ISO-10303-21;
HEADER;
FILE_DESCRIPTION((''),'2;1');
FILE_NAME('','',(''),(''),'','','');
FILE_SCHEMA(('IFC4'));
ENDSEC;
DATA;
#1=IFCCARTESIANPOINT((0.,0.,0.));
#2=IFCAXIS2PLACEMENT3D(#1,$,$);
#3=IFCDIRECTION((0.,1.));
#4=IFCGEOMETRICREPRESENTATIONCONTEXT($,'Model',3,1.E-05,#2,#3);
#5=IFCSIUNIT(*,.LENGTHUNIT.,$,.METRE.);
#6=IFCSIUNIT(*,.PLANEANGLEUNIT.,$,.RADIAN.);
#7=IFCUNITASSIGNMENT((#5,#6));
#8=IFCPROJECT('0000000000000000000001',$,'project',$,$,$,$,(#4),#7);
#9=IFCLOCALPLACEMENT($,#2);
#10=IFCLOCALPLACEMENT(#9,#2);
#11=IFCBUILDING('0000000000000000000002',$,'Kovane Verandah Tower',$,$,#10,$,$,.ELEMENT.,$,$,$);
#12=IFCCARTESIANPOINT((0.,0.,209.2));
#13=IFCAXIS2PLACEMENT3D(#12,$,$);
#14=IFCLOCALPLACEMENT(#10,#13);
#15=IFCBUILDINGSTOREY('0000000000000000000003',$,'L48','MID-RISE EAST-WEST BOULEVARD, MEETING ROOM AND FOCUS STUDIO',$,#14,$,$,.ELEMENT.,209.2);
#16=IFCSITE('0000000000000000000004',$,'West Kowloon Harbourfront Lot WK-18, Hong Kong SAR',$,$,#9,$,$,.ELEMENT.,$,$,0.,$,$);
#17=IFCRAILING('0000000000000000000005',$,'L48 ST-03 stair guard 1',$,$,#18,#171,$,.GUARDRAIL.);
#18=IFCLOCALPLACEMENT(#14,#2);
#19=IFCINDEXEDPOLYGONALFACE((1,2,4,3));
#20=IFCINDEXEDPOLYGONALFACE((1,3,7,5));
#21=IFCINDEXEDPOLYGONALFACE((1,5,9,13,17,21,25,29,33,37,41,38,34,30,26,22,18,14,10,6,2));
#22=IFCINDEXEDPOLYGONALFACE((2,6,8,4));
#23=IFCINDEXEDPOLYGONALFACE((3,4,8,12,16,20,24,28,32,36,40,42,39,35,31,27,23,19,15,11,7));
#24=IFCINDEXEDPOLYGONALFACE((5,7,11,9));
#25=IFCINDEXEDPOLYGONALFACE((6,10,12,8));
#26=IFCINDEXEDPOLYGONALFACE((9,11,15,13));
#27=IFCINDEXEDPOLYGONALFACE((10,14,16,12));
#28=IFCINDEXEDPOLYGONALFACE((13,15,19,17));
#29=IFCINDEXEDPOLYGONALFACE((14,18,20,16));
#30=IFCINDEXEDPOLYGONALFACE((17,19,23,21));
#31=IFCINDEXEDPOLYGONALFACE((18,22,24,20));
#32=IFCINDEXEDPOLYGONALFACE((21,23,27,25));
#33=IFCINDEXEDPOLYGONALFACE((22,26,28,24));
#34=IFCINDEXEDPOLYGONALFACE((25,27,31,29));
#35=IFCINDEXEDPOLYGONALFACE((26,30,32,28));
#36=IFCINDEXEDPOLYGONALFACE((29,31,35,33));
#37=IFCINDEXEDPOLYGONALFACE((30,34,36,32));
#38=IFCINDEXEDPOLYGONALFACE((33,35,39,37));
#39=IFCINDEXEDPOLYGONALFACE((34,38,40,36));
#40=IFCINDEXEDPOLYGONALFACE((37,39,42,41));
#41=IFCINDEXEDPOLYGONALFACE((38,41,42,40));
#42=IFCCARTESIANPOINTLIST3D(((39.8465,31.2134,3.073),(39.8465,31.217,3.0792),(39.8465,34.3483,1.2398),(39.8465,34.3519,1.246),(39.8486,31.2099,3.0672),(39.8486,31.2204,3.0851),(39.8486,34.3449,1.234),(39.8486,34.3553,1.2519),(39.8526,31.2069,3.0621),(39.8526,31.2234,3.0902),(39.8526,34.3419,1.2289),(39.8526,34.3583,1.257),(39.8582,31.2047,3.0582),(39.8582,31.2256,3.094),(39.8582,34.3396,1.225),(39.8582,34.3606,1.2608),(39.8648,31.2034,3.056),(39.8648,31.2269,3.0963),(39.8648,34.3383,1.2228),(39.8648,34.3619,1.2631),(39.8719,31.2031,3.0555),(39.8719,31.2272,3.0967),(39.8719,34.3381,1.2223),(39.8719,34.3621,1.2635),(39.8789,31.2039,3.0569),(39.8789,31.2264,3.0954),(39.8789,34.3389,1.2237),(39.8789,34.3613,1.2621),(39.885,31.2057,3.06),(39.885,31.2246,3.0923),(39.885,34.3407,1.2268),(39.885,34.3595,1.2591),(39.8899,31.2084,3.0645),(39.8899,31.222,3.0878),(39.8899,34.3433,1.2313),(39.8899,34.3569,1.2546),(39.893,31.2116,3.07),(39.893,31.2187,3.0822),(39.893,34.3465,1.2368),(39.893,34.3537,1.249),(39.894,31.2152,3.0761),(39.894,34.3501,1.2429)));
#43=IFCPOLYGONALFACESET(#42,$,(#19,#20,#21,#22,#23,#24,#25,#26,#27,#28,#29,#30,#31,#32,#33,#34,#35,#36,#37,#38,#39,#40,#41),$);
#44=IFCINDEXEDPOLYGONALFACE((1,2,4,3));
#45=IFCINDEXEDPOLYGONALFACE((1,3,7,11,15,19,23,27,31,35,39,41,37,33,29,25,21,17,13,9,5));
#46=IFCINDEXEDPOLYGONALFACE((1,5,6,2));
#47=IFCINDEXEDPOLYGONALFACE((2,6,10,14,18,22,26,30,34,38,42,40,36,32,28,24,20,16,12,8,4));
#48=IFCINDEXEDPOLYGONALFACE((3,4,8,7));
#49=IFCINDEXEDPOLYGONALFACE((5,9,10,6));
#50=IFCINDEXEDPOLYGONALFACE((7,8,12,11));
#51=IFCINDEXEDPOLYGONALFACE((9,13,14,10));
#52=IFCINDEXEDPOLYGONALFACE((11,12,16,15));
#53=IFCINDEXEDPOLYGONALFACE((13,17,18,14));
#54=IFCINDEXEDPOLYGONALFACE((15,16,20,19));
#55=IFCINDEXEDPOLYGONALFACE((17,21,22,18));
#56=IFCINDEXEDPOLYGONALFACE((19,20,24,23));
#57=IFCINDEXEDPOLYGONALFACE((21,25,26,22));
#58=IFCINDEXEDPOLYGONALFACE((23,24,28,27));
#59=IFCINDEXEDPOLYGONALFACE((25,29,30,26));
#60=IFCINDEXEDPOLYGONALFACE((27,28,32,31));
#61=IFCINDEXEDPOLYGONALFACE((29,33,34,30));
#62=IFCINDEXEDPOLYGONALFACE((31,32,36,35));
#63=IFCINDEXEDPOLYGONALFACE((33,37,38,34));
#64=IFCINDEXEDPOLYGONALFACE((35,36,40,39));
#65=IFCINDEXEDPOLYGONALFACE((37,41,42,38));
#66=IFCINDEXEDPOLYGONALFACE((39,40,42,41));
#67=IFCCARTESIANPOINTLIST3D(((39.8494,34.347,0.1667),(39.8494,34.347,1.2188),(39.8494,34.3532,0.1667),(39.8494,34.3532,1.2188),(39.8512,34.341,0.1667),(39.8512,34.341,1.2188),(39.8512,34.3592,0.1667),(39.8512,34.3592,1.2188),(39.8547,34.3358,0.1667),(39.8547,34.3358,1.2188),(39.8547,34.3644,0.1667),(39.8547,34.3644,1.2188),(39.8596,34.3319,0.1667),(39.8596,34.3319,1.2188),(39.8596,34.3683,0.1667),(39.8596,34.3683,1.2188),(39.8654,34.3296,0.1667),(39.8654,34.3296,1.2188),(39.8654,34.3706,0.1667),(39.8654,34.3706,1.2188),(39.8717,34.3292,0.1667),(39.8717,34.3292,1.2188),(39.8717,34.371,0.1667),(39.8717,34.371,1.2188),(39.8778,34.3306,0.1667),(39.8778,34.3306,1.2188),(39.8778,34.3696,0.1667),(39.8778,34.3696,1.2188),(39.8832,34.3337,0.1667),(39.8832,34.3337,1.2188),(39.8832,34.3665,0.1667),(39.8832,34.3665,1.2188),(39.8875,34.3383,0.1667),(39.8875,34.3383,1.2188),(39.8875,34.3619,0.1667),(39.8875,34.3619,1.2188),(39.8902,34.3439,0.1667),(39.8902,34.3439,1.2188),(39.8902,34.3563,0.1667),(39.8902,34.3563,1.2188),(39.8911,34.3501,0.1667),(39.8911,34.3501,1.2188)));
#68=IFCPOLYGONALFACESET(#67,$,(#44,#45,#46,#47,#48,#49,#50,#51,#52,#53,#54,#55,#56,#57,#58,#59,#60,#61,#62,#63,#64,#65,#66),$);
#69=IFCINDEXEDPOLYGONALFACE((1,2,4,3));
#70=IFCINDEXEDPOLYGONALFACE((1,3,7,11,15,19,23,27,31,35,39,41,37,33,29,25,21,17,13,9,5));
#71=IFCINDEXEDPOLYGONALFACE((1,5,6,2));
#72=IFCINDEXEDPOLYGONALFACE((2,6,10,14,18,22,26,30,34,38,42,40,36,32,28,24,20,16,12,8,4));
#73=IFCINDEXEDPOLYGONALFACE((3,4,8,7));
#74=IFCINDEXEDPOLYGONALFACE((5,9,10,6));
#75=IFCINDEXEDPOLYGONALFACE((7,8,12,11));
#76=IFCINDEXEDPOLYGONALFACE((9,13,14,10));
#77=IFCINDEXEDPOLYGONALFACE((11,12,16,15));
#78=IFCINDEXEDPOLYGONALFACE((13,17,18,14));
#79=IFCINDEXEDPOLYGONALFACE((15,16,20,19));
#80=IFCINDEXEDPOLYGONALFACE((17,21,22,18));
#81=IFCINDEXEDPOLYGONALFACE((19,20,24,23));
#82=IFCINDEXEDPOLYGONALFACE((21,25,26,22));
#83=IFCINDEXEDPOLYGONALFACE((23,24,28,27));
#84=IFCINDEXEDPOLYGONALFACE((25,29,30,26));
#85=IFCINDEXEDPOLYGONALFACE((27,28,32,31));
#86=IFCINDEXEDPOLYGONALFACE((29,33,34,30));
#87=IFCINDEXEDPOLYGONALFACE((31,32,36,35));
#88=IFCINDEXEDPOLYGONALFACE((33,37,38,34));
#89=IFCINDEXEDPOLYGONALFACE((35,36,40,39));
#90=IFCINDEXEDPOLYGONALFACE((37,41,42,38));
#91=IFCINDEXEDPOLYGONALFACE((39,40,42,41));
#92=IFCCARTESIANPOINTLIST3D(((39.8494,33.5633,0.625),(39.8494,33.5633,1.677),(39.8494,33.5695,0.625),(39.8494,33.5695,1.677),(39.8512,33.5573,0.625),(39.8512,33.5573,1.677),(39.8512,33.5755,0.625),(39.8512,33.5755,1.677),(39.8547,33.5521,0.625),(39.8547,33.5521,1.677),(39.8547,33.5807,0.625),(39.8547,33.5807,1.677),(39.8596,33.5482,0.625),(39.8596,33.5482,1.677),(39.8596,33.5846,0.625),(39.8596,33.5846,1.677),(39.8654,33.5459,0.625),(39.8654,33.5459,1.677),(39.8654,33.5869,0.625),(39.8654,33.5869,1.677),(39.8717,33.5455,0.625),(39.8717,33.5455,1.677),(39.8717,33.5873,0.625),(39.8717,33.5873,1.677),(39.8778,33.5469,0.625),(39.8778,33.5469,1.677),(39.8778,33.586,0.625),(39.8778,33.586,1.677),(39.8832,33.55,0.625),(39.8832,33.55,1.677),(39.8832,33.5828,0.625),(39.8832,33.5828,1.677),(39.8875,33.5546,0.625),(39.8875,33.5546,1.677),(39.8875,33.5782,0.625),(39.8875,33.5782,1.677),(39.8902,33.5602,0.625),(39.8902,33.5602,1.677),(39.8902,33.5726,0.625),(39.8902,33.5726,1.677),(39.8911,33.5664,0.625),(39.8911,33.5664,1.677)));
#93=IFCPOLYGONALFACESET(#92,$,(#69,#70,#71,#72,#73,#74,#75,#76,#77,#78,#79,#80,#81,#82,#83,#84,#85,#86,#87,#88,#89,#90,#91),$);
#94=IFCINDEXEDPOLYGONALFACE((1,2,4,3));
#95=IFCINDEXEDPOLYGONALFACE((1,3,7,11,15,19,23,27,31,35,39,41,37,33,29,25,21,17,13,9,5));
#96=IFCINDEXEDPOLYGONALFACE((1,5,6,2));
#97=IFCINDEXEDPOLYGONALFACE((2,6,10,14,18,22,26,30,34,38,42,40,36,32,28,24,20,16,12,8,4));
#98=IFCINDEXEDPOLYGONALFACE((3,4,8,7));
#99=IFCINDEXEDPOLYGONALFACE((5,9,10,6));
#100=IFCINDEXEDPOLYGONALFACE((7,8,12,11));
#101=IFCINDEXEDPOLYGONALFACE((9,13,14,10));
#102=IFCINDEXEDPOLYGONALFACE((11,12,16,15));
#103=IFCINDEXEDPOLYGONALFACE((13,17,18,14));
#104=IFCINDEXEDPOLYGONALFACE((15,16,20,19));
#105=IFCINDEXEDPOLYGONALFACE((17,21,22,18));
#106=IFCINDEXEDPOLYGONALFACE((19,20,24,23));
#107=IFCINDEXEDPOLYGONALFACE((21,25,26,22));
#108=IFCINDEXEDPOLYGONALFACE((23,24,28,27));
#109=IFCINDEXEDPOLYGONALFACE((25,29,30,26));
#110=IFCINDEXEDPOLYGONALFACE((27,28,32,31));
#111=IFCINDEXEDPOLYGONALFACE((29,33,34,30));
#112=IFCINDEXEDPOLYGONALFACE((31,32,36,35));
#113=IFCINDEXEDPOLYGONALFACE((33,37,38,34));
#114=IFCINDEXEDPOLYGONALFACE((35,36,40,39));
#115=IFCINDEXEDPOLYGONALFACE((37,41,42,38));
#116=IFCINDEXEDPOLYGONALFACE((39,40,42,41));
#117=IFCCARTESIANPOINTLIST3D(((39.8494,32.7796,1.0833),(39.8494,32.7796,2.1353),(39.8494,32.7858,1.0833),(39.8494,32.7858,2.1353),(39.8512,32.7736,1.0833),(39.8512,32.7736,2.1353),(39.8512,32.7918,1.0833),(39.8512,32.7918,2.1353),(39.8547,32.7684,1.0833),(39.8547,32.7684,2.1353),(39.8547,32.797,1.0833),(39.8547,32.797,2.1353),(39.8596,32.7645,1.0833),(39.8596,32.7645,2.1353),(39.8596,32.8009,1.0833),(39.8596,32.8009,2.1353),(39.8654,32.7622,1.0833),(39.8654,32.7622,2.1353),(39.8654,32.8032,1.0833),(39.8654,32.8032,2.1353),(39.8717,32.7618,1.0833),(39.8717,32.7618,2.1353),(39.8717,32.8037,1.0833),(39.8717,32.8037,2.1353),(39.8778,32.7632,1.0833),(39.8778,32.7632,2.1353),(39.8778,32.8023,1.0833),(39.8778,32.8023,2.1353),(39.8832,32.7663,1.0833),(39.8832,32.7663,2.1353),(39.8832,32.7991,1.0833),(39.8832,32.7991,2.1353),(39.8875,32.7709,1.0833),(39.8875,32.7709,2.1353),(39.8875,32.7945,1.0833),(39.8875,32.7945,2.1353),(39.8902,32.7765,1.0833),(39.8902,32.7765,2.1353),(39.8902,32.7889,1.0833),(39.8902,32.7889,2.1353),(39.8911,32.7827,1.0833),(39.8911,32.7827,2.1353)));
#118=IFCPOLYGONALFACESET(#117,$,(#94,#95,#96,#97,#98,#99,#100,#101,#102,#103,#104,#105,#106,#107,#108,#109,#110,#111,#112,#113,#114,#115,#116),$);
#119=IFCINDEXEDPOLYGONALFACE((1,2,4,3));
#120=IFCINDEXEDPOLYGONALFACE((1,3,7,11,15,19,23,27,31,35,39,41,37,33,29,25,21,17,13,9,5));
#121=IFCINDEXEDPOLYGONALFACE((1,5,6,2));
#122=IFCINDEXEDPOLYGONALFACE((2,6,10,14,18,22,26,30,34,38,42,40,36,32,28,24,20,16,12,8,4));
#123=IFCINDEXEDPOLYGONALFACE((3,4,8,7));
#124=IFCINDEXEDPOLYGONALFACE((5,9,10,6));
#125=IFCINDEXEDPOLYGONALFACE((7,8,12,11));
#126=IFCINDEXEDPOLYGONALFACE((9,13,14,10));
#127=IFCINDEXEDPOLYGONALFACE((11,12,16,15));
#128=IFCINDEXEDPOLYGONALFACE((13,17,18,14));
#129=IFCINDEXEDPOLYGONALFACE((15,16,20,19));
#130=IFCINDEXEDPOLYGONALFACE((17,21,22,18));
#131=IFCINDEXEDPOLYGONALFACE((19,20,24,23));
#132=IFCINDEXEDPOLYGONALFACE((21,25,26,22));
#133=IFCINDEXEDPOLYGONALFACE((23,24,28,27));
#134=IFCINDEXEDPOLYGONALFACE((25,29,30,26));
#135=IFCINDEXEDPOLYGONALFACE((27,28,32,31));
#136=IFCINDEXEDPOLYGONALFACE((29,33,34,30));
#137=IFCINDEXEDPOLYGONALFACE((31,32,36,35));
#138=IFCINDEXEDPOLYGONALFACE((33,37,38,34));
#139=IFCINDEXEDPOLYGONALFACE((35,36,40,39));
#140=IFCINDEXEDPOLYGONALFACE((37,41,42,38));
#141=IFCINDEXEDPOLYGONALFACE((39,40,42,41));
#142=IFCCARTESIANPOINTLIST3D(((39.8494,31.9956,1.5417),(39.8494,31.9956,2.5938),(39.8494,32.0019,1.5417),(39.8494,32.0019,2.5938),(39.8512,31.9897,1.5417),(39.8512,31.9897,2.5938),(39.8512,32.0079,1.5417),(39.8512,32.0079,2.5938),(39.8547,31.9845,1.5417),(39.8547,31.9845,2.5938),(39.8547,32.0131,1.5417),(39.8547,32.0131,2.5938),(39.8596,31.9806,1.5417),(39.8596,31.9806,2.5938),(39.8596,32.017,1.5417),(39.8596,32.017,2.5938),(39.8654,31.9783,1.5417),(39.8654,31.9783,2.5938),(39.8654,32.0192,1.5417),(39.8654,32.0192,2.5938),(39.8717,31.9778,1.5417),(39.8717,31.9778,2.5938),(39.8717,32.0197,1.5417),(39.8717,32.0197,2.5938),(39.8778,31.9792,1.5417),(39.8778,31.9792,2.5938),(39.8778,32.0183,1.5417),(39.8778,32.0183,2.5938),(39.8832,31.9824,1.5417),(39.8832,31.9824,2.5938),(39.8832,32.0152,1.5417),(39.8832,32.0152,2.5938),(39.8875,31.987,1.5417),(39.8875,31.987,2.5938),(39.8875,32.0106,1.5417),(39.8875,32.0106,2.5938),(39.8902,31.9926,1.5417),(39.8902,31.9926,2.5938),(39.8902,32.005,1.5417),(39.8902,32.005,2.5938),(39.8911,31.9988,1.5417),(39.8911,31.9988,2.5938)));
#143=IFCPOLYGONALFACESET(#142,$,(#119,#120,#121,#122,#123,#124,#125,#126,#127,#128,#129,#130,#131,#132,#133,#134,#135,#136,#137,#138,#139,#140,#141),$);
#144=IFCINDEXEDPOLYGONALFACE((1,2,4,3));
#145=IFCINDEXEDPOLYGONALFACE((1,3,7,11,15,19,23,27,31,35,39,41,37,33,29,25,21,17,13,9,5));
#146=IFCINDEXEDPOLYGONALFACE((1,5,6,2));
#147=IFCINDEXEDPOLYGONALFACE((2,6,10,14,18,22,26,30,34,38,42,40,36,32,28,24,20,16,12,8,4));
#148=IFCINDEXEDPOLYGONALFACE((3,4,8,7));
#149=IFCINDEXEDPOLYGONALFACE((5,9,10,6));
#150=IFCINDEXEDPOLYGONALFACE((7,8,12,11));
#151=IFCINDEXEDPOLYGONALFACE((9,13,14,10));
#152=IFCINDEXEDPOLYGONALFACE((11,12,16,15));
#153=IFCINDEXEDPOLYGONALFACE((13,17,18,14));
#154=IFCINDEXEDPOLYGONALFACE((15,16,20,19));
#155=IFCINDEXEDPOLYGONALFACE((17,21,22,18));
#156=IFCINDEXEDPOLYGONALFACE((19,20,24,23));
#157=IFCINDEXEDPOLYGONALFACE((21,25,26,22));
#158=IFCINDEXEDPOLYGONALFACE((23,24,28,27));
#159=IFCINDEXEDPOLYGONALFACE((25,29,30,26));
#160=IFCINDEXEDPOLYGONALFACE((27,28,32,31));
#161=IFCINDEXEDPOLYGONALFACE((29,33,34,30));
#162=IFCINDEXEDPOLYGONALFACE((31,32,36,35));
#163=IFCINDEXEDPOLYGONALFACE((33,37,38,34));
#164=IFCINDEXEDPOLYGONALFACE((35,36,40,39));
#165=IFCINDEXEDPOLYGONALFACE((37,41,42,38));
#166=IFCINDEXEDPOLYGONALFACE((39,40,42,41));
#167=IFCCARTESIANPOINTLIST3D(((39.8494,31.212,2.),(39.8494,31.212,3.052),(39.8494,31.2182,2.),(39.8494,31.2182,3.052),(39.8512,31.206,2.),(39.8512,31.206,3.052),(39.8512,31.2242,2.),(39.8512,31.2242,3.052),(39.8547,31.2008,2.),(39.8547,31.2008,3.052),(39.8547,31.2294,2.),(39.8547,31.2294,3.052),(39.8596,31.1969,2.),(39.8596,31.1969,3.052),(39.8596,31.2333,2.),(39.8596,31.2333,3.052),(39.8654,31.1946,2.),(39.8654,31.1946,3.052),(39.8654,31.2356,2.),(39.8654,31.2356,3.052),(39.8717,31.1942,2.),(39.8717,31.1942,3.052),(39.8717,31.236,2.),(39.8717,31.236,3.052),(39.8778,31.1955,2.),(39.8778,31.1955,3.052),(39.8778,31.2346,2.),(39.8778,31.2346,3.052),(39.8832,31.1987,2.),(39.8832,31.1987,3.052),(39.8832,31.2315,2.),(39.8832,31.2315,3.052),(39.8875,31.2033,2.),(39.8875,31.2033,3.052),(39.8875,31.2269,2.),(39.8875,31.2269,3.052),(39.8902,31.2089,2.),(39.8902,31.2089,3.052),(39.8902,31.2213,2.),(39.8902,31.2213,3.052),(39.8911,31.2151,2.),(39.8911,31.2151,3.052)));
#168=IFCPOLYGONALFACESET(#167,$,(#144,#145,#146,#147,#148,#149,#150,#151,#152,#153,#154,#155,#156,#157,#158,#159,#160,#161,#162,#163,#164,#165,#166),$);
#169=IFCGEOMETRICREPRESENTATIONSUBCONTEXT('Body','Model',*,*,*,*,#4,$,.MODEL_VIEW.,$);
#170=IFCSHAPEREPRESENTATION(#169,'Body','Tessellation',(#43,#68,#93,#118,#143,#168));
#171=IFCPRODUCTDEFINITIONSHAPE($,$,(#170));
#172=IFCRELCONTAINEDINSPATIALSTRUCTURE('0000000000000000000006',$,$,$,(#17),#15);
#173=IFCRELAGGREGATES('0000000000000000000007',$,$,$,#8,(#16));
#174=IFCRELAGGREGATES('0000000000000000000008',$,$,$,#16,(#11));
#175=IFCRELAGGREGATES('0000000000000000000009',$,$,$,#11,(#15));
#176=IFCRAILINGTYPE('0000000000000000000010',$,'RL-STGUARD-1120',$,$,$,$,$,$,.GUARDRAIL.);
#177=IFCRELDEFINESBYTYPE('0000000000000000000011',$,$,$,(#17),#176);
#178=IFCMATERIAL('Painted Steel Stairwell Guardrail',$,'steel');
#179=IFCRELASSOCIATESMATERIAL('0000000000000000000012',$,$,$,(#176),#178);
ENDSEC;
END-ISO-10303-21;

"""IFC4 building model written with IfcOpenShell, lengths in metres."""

from ifc_helpers import new_model, si_unit, direction, frame, origin, origin_2d, place, context, subcontext, project, spatial, circle, extrude, material, type_object, element, save


model = new_model("IFC4")

# Units and contexts
model_context = context("Model", 3, precision=1e-05, world=origin(), true_north=direction((0.0, 1.0)))
body_context = subcontext(model_context, "Body", "Model", "MODEL_VIEW")
ifc_project = project(units=[si_unit("LENGTHUNIT", "METRE"), si_unit("PLANEANGLEUNIT", "RADIAN")], contexts=[model_context])

# Site, building, storey
site_placement = place(None, origin())
site = spatial("IfcSite", under=ifc_project, at=site_placement, Name="West Kowloon Harbourfront Lot WK-18, Hong Kong SAR", CompositionType="ELEMENT", RefElevation=0.0)
building_placement = place(site_placement, origin())
building = spatial("IfcBuilding", under=site, at=building_placement, Name="Kovane Verandah Tower", CompositionType="ELEMENT")
storey_placement = place(building_placement, frame((0.0, 0.0, 209.2)))
storey = spatial("IfcBuildingStorey", under=building, at=storey_placement, Name="L48", Description="MID-RISE EAST-WEST BOULEVARD, MEETING ROOM AND FOCUS STUDIO", CompositionType="ELEMENT", Elevation=209.2)

# Railing
ifc_material_1 = material(Name="Painted Steel Stairwell Guardrail", Category="steel")
railing_type_1 = type_object("IfcRailingType", Name="RL-STGUARD-1120", PredefinedType="GUARDRAIL", material=ifc_material_1)
railing_1_placement = place(storey_placement, frame((39.8701, 34.3501, 0.1667)))
element("IfcRailing", 1, at=railing_1_placement, inside=storey, type_object=railing_type_1, Name="L48 ST-03 stair guard 1", PredefinedType="GUARDRAIL", context=body_context, shape_type="SweptSolid", body=[
    extrude(circle(Radius=0.0239, at=origin_2d()), frame((0.0, 0.0, 1.0762), z_axis=(0.0, -0.86324, 0.504794), x_axis=(1.0, 0.0, 0.0)), (0.0, 0.0, 1.0), 3.6316),
    extrude(circle(Radius=0.021, at=origin_2d()), origin(), (0.0, 0.0, 1.0), 1.052),
    extrude(circle(Radius=0.021, at=origin_2d()), frame((0.0, -0.7837, 0.4583)), (0.0, 0.0, 1.0), 1.052),
    extrude(circle(Radius=0.021, at=origin_2d()), frame((0.0, -1.5674, 0.9165)), (0.0, 0.0, 1.0), 1.052),
    extrude(circle(Radius=0.021, at=origin_2d()), frame((0.0, -2.3513, 1.375)), (0.0, 0.0, 1.0), 1.052),
    extrude(circle(Radius=0.021, at=origin_2d()), frame((0.0, -3.135, 1.8333)), (0.0, 0.0, 1.0), 1.052),
])

save(model, "model.ifc")
